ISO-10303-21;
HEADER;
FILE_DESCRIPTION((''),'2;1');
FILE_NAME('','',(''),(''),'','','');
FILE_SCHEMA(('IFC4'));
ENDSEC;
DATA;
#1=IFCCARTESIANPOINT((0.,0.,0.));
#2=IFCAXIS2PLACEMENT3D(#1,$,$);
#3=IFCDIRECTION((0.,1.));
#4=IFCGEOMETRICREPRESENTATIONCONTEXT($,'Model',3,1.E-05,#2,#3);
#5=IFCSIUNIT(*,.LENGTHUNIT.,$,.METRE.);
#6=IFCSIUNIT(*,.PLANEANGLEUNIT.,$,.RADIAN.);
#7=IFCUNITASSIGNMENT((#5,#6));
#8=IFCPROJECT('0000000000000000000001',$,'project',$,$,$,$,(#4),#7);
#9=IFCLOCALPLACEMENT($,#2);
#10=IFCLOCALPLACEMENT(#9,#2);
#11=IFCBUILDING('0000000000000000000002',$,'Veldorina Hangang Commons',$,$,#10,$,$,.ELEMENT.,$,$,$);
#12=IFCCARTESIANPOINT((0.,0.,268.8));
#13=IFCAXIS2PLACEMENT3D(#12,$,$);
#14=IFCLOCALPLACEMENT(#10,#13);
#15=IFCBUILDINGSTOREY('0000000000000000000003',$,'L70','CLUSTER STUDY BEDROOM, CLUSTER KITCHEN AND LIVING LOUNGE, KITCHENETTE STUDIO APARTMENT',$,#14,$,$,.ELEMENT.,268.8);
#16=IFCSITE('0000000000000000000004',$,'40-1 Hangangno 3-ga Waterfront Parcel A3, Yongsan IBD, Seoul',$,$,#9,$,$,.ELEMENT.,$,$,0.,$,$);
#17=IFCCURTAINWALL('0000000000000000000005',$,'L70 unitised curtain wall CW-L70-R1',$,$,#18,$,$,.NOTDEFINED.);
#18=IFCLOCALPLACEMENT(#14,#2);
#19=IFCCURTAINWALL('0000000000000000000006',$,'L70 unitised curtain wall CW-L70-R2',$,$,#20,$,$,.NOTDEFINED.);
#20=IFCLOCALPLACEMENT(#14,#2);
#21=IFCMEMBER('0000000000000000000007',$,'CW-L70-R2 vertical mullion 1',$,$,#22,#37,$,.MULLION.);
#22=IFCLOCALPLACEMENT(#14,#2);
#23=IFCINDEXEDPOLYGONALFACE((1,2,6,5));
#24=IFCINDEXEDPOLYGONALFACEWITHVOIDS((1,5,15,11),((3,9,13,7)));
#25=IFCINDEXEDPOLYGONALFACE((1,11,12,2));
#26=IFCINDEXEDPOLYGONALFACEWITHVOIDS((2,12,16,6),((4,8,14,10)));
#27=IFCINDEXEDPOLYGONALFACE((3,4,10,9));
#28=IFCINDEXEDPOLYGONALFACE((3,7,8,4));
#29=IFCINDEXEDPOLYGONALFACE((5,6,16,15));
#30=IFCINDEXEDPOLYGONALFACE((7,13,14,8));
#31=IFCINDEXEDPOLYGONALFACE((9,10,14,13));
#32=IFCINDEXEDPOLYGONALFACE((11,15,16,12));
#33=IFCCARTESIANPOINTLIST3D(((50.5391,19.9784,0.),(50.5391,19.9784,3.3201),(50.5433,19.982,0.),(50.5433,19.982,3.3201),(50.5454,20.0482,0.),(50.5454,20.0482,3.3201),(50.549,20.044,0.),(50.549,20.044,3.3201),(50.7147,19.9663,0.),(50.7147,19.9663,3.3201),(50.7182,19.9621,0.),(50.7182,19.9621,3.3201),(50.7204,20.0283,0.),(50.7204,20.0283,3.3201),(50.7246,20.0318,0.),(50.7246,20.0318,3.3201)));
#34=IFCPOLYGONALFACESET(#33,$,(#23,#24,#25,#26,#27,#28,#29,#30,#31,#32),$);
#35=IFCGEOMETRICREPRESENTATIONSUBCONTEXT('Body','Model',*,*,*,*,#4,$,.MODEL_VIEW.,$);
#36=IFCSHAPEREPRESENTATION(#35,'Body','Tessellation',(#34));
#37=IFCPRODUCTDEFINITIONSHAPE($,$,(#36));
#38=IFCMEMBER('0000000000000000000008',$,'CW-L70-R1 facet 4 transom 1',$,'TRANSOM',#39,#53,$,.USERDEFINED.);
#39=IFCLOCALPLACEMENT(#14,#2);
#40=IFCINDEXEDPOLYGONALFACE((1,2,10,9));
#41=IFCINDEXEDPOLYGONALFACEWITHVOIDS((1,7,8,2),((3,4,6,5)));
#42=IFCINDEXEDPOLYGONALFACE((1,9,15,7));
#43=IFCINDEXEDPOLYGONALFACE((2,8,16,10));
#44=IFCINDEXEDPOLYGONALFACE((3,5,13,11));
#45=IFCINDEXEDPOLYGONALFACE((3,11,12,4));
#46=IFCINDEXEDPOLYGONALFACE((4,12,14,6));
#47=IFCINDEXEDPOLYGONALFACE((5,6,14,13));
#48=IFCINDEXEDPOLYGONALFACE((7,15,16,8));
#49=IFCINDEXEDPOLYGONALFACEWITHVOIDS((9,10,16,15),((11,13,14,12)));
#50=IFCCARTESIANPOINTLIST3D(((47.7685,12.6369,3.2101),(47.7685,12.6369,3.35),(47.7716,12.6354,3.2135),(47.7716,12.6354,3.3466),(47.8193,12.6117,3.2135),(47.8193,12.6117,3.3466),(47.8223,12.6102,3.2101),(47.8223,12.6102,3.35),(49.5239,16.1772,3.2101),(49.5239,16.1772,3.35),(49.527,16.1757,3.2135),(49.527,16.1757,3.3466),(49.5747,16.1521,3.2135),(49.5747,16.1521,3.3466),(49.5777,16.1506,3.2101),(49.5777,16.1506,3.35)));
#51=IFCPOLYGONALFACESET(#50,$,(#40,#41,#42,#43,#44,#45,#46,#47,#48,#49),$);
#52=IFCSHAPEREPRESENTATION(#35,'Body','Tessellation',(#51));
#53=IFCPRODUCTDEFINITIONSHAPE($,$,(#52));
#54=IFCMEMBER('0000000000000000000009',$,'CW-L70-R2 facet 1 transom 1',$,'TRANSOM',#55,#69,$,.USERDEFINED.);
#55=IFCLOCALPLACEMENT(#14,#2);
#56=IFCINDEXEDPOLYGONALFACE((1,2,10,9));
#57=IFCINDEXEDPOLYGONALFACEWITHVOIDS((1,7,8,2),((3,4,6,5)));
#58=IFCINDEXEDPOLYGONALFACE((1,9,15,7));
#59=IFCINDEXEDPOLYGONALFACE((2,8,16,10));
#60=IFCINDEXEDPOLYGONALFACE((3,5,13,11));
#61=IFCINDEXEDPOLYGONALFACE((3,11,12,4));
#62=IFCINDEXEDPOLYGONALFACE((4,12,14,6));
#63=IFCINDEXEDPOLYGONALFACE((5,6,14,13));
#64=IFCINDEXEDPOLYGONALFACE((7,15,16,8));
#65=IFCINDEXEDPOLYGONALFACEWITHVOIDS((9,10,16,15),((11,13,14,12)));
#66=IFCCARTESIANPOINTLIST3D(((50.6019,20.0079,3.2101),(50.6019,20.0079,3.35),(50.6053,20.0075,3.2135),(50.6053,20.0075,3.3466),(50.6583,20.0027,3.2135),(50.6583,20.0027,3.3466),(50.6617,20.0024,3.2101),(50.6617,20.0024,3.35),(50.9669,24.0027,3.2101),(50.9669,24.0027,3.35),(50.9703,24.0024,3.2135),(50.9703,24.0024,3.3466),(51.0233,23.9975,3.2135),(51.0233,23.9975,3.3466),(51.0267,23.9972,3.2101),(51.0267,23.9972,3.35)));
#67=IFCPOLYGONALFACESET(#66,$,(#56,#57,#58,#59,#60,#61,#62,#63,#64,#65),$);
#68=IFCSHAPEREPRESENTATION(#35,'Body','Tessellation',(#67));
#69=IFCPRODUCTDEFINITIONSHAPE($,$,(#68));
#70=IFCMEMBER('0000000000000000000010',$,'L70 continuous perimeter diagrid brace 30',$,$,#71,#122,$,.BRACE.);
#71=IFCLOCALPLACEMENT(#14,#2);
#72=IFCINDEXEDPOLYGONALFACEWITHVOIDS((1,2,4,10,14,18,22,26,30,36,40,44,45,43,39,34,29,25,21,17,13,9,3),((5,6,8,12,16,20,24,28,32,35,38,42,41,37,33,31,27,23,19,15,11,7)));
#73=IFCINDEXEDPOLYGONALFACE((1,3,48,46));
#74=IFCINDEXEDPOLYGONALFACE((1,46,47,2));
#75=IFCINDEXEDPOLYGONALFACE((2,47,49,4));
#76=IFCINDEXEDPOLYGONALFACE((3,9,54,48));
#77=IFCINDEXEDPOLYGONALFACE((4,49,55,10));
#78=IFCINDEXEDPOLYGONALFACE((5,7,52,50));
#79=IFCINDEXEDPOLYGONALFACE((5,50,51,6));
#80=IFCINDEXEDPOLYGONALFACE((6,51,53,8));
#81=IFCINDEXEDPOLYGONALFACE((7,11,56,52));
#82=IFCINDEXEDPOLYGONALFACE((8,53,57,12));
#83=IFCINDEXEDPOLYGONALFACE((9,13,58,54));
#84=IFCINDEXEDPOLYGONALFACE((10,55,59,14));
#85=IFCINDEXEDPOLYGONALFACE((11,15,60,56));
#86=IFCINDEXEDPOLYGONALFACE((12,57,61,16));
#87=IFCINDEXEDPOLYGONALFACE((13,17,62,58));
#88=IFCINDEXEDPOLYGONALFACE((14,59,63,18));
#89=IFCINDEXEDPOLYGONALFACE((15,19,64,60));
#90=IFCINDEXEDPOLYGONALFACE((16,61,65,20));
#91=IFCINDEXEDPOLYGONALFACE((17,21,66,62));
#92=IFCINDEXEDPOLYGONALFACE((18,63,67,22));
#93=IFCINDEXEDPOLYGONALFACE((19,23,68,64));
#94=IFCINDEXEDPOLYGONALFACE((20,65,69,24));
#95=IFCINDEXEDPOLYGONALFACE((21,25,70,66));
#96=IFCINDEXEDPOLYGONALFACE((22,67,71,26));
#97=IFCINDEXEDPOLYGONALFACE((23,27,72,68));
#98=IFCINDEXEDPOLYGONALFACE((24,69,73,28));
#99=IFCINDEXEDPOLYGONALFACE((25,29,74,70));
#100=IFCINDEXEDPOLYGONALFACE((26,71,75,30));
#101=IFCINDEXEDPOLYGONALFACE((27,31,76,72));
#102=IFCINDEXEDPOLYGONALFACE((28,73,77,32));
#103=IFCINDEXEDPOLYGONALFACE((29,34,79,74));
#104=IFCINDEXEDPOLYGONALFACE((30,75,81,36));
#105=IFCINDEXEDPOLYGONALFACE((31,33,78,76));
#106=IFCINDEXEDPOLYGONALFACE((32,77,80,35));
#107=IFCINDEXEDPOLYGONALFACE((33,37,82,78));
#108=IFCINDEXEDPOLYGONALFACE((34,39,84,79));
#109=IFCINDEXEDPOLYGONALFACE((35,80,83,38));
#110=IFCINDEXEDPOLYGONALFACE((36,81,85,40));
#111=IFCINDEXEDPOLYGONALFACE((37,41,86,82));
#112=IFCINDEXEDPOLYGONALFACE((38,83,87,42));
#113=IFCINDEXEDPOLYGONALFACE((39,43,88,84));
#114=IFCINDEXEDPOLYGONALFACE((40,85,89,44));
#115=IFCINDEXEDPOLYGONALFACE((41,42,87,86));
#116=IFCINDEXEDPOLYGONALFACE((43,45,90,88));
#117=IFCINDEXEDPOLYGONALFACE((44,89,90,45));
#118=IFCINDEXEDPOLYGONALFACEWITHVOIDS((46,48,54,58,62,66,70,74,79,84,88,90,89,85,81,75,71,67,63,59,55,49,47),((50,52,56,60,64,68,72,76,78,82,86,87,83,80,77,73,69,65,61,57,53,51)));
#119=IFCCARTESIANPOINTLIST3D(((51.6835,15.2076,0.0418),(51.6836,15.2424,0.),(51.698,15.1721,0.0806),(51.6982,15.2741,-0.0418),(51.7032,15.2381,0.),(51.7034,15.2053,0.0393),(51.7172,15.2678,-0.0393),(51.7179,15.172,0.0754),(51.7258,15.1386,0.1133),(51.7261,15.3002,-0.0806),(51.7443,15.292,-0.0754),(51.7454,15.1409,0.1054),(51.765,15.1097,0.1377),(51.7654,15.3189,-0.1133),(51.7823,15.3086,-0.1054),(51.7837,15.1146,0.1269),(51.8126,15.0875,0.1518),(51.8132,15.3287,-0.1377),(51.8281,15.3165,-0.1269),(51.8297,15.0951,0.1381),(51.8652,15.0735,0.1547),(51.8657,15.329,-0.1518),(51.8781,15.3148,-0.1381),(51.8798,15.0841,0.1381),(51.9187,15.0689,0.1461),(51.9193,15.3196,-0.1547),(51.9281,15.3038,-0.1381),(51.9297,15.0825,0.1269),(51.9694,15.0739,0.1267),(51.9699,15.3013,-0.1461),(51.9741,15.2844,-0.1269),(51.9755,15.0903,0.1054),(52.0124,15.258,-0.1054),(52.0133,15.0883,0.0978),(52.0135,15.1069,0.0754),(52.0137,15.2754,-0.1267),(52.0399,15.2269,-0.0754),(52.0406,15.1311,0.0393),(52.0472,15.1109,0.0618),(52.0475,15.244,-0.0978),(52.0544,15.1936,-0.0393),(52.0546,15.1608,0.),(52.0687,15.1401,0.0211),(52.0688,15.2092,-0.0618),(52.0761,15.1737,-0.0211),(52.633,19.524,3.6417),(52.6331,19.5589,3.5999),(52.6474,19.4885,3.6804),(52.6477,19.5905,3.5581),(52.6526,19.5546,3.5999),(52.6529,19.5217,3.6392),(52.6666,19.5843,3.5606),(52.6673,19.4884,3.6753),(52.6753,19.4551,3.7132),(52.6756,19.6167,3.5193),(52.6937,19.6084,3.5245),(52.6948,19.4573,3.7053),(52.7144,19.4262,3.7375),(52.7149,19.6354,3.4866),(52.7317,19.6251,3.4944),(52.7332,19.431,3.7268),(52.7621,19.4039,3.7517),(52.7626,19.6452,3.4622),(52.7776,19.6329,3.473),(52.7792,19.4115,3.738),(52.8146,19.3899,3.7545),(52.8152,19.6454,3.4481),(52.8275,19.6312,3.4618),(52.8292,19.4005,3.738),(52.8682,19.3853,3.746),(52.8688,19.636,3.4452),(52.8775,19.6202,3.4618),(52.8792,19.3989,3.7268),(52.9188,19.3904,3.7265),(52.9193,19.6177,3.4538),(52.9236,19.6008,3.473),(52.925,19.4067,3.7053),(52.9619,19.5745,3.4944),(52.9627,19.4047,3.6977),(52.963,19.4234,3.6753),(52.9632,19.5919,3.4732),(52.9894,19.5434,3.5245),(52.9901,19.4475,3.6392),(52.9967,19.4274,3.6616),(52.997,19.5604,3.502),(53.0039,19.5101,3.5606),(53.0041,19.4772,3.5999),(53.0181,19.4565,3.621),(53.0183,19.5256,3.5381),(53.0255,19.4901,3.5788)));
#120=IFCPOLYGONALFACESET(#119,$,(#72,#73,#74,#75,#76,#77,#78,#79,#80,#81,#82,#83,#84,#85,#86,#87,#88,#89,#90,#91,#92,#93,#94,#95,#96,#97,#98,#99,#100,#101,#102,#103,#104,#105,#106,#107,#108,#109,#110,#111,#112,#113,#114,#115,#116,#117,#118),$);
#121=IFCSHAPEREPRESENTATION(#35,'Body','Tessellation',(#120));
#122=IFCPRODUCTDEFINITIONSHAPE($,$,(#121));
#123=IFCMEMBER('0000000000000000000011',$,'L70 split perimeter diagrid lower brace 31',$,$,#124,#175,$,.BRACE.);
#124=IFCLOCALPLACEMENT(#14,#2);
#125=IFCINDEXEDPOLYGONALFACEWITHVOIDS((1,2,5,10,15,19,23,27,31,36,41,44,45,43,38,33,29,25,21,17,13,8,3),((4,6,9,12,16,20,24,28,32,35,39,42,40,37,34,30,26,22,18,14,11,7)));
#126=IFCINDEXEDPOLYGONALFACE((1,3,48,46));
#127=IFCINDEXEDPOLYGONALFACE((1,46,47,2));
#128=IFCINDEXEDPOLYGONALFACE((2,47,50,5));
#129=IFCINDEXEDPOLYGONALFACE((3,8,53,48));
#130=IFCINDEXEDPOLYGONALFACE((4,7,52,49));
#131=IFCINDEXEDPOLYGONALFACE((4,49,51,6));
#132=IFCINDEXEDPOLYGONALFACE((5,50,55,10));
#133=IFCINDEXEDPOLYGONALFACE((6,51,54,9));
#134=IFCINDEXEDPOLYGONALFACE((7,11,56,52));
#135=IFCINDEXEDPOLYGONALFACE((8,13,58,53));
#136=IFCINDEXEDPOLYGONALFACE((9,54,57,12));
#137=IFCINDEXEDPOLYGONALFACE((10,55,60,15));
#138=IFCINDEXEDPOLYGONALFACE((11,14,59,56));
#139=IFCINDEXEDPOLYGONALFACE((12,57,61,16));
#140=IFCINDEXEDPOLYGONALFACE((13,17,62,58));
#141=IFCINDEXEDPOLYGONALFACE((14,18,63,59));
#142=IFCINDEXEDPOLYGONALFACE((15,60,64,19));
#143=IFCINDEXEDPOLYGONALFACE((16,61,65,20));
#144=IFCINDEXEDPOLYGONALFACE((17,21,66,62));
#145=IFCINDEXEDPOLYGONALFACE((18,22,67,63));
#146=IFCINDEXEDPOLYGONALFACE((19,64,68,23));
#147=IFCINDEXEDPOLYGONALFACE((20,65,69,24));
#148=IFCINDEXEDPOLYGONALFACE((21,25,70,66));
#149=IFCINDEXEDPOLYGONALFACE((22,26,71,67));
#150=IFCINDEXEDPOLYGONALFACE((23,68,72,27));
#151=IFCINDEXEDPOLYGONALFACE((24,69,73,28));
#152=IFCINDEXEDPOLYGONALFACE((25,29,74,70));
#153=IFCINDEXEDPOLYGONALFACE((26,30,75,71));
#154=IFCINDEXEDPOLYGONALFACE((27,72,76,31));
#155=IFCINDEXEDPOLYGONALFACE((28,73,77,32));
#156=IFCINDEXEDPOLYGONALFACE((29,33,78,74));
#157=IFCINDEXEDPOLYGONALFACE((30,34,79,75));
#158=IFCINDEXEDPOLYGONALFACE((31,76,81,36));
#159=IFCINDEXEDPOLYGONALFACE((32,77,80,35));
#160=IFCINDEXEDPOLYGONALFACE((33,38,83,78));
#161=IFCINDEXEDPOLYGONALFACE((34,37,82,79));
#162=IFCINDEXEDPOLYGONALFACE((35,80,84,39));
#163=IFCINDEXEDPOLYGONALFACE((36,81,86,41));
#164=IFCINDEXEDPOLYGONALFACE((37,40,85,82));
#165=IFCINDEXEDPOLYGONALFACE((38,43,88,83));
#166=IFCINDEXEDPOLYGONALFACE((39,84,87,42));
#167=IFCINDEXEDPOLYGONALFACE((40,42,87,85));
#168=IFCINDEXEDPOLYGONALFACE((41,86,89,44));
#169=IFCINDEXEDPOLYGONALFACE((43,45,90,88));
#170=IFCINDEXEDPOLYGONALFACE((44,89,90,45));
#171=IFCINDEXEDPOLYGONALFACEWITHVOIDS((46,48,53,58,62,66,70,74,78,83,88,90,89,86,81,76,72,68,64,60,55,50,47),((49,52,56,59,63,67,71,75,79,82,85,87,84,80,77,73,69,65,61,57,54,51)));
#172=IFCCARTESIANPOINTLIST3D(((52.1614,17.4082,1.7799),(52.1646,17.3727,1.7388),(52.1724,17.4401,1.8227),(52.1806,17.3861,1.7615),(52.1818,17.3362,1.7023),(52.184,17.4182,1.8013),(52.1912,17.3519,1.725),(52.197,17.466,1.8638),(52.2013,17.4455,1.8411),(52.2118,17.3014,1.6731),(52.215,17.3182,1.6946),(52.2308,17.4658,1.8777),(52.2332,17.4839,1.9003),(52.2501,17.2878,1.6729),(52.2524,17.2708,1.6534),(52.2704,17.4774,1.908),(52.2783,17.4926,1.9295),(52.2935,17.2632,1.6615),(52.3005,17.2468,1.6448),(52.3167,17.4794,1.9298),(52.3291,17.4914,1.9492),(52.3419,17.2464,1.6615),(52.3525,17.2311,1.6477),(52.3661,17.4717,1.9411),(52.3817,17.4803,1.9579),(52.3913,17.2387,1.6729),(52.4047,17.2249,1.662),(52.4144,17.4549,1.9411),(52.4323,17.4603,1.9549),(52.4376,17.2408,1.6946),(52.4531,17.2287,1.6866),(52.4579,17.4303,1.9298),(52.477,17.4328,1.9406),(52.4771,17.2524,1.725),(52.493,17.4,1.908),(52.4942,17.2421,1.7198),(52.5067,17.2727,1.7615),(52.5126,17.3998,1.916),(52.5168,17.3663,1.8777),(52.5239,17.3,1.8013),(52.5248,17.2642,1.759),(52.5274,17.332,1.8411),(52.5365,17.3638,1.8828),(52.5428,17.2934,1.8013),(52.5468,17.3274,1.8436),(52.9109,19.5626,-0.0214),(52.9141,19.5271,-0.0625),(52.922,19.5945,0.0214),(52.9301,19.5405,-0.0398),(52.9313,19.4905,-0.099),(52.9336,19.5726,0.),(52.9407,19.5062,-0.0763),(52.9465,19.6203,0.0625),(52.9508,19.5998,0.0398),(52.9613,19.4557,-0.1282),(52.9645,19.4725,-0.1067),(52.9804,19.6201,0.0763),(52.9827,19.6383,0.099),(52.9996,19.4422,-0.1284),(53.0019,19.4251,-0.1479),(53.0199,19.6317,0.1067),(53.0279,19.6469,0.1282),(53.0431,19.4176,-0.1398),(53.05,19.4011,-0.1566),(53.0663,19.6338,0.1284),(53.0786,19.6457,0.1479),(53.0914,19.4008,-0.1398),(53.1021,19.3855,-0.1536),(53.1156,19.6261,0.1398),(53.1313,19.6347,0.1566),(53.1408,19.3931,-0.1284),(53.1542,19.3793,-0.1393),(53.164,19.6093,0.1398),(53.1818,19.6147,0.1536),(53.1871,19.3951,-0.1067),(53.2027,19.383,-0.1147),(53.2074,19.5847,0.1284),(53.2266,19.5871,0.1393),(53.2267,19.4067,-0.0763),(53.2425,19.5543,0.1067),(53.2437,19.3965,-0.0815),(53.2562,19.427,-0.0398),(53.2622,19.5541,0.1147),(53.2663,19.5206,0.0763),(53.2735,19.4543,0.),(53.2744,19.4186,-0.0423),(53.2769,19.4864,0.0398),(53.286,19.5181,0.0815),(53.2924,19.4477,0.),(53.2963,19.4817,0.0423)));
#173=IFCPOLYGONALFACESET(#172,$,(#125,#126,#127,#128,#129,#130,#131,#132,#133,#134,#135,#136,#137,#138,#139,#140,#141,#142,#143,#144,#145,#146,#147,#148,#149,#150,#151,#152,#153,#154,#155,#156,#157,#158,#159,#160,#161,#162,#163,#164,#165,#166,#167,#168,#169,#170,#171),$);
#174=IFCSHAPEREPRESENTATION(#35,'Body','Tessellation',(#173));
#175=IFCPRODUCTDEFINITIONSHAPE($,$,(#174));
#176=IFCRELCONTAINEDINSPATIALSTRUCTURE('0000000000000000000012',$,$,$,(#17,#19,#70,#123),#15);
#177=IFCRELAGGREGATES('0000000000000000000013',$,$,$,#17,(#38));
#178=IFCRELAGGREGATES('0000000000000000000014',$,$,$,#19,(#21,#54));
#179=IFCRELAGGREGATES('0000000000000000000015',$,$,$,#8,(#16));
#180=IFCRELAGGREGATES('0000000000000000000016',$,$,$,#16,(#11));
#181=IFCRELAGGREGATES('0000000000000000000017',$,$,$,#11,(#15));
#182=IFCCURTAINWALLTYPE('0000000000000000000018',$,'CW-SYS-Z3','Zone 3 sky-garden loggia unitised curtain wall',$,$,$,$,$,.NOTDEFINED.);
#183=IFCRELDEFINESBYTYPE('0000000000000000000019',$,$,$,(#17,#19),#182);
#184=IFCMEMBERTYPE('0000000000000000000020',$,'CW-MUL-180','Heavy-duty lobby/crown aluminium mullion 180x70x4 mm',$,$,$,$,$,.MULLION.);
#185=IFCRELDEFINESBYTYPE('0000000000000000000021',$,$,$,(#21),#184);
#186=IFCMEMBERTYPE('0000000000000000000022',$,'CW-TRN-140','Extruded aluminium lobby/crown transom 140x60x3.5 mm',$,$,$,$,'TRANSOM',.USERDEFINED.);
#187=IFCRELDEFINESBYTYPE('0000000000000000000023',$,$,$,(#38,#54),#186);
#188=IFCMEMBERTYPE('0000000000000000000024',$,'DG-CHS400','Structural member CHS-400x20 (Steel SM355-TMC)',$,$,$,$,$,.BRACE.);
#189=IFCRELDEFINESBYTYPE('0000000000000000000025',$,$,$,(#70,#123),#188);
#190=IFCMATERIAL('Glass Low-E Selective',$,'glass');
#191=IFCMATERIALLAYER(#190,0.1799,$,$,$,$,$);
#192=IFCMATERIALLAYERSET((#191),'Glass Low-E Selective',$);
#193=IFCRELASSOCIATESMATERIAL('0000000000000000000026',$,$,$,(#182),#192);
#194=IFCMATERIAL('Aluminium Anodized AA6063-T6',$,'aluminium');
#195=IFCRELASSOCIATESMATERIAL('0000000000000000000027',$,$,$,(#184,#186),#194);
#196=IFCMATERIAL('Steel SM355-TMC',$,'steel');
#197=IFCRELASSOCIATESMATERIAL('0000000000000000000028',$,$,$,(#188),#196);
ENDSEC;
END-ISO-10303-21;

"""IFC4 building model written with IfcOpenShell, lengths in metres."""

from ifc_helpers import new_model, si_unit, direction, frame, origin, origin_2d, place, context, subcontext, project, spatial, hollow_rectangle, hollow_circle, extrude, material, layer, layer_set, material_profile, profile_set, type_object, element, aggregate, save


model = new_model("IFC4")

# Units and contexts
model_context = context("Model", 3, precision=1e-05, world=origin(), true_north=direction((0.0, 1.0)))
body_context = subcontext(model_context, "Body", "Model", "MODEL_VIEW")
ifc_project = project(units=[si_unit("LENGTHUNIT", "METRE"), si_unit("PLANEANGLEUNIT", "RADIAN")], contexts=[model_context])

# Site, building, storey
site_placement = place(None, origin())
site = spatial("IfcSite", under=ifc_project, at=site_placement, Name="40-1 Hangangno 3-ga Waterfront Parcel A3, Yongsan IBD, Seoul", CompositionType="ELEMENT", RefElevation=0.0)
building_placement = place(site_placement, origin())
building = spatial("IfcBuilding", under=site, at=building_placement, Name="Veldorina Hangang Commons", CompositionType="ELEMENT")
storey_placement = place(building_placement, frame((0.0, 0.0, 268.8)))
storey = spatial("IfcBuildingStorey", under=building, at=storey_placement, Name="L70", Description="CLUSTER STUDY BEDROOM, CLUSTER KITCHEN AND LIVING LOUNGE, KITCHENETTE STUDIO APARTMENT", CompositionType="ELEMENT", Elevation=268.8)

# Shared definitions
ifc_material_1 = material(Name="Steel SM355-TMC", Category="steel")

# Curtain wall
ifc_material_2 = material(Name="Glass Low-E Selective", Category="glass")
ifc_layer_1 = layer(ifc_material_2, 0.1799)
ifc_layer_set_1 = layer_set([ifc_layer_1], Name="Glass Low-E Selective")
curtain_wall_type = type_object("IfcCurtainWallType", Name="CW-SYS-Z3", Description="Zone 3 sky-garden loggia unitised curtain wall", PredefinedType="NOTDEFINED", material=ifc_layer_set_1)
curtain_wall_1_placement = place(storey_placement, origin())
curtain_wall_1 = element("IfcCurtainWall", 1, at=curtain_wall_1_placement, inside=storey, type_object=curtain_wall_type, Name="L70 unitised curtain wall CW-L70-R1", PredefinedType="NOTDEFINED")
ifc_material_3 = material(Name="Aluminium Anodized AA6063-T6", Category="aluminium")
ifc_material_profile_1 = material_profile(ifc_material_3, hollow_rectangle(XDim=0.0701, YDim=0.1799, WallThickness=0.0039, at=origin_2d()), Name="ALU-RHS-180x70x4")
ifc_profile_set_1 = profile_set([ifc_material_profile_1], Name="Aluminium Anodized AA6063-T6")
member_type_1 = type_object("IfcMemberType", Name="CW-MUL-180", Description="Heavy-duty lobby/crown aluminium mullion 180x70x4 mm", PredefinedType="MULLION", material=ifc_profile_set_1)

# Curtain wall, member
curtain_wall_2_placement = place(storey_placement, origin())
curtain_wall_2 = element("IfcCurtainWall", 2, at=curtain_wall_2_placement, inside=storey, type_object=curtain_wall_type, Name="L70 unitised curtain wall CW-L70-R2", PredefinedType="NOTDEFINED")
member_1_placement = place(storey_placement, frame((50.6318, 20.0051, 0.0), z_axis=(0.0, 0.0, 1.0), x_axis=(0.09098, 0.995853, 0.0)))
member_1 = element("IfcMember", 3, at=member_1_placement, type_object=member_type_1, Name="CW-L70-R2 vertical mullion 1", PredefinedType="MULLION", context=body_context, shape_type="SweptSolid", body=[
    extrude(hollow_rectangle(XDim=0.0701, YDim=0.1799, WallThickness=0.0039, at=origin_2d()), origin(), (0.0, 0.0, 1.0), 3.3201),
])

# Members
ifc_material_profile_2 = material_profile(ifc_material_3, hollow_rectangle(XDim=0.0601, YDim=0.1399, WallThickness=0.0034, at=origin_2d()), Name="ALU-RHS-140x60x3.5")
ifc_profile_set_2 = profile_set([ifc_material_profile_2], Name="Aluminium Anodized AA6063-T6")
member_type_2 = type_object("IfcMemberType", Name="CW-TRN-140", Description="Extruded aluminium lobby/crown transom 140x60x3.5 mm", ElementType="TRANSOM", PredefinedType="USERDEFINED", material=ifc_profile_set_2)
member_2_placement = place(storey_placement, frame((47.7954, 12.6235, 3.28), z_axis=(0.444221, 0.895917, 0.0), x_axis=(-0.895917, 0.444221, 0.0)))
member_2 = element("IfcMember", 4, at=member_2_placement, type_object=member_type_2, Name="CW-L70-R1 facet 4 transom 1", ObjectType="TRANSOM", PredefinedType="USERDEFINED", context=body_context, shape_type="SweptSolid", body=[
    extrude(hollow_rectangle(XDim=0.0601, YDim=0.1399, WallThickness=0.0034, at=origin_2d()), origin(), (0.0, 0.0, 1.0), 3.9517),
])
member_3_placement = place(storey_placement, frame((50.6318, 20.0051, 3.28), z_axis=(0.090986, 0.995852, 0.0), x_axis=(-0.995852, 0.090986, 0.0)))
member_3 = element("IfcMember", 5, at=member_3_placement, type_object=member_type_2, Name="CW-L70-R2 facet 1 transom 1", ObjectType="TRANSOM", PredefinedType="USERDEFINED", context=body_context, shape_type="SweptSolid", body=[
    extrude(hollow_rectangle(XDim=0.0601, YDim=0.1399, WallThickness=0.0034, at=origin_2d()), origin(), (0.0, 0.0, 1.0), 4.0115),
])

# Members
ifc_material_profile_3 = material_profile(ifc_material_1, hollow_circle(Radius=0.2, WallThickness=0.02, at=origin_2d()), Name="CHS-400x20")
ifc_profile_set_3 = profile_set([ifc_material_profile_3], Name="Steel SM355-TMC")
member_type_3 = type_object("IfcMemberType", Name="DG-CHS400", Description="Structural member CHS-400x20 (Steel SM355-TMC)", PredefinedType="BRACE", material=ifc_profile_set_3)
member_4_placement = place(storey_placement, frame((51.8789, 15.1995, 0.0), z_axis=(0.166568, 0.757243, 0.631536), x_axis=(-0.976651, 0.21483, 0.0)))
element("IfcMember", 6, at=member_4_placement, inside=storey, type_object=member_type_3, Name="L70 continuous perimeter diagrid brace 30", PredefinedType="BRACE", context=body_context, shape_type="SweptSolid", body=[
    extrude(hollow_circle(Radius=0.2, WallThickness=0.02, at=origin_2d()), origin(), (0.0, 0.0, 1.0), 5.7002),
])
member_5_placement = place(storey_placement, frame((53.1035, 19.5134, 0.0), z_axis=(-0.257881, -0.741218, 0.619753), x_axis=(0.944471, -0.328595, 0.0)))
element("IfcMember", 7, at=member_5_placement, inside=storey, type_object=member_type_3, Name="L70 split perimeter diagrid lower brace 31", PredefinedType="BRACE", context=body_context, shape_type="SweptSolid", body=[
    extrude(hollow_circle(Radius=0.2, WallThickness=0.02, at=origin_2d()), origin(), (0.0, 0.0, 1.0), 2.9065),
])

aggregate(curtain_wall_1, [member_2])
aggregate(curtain_wall_2, [member_1, member_3])

save(model, "model.ifc")
